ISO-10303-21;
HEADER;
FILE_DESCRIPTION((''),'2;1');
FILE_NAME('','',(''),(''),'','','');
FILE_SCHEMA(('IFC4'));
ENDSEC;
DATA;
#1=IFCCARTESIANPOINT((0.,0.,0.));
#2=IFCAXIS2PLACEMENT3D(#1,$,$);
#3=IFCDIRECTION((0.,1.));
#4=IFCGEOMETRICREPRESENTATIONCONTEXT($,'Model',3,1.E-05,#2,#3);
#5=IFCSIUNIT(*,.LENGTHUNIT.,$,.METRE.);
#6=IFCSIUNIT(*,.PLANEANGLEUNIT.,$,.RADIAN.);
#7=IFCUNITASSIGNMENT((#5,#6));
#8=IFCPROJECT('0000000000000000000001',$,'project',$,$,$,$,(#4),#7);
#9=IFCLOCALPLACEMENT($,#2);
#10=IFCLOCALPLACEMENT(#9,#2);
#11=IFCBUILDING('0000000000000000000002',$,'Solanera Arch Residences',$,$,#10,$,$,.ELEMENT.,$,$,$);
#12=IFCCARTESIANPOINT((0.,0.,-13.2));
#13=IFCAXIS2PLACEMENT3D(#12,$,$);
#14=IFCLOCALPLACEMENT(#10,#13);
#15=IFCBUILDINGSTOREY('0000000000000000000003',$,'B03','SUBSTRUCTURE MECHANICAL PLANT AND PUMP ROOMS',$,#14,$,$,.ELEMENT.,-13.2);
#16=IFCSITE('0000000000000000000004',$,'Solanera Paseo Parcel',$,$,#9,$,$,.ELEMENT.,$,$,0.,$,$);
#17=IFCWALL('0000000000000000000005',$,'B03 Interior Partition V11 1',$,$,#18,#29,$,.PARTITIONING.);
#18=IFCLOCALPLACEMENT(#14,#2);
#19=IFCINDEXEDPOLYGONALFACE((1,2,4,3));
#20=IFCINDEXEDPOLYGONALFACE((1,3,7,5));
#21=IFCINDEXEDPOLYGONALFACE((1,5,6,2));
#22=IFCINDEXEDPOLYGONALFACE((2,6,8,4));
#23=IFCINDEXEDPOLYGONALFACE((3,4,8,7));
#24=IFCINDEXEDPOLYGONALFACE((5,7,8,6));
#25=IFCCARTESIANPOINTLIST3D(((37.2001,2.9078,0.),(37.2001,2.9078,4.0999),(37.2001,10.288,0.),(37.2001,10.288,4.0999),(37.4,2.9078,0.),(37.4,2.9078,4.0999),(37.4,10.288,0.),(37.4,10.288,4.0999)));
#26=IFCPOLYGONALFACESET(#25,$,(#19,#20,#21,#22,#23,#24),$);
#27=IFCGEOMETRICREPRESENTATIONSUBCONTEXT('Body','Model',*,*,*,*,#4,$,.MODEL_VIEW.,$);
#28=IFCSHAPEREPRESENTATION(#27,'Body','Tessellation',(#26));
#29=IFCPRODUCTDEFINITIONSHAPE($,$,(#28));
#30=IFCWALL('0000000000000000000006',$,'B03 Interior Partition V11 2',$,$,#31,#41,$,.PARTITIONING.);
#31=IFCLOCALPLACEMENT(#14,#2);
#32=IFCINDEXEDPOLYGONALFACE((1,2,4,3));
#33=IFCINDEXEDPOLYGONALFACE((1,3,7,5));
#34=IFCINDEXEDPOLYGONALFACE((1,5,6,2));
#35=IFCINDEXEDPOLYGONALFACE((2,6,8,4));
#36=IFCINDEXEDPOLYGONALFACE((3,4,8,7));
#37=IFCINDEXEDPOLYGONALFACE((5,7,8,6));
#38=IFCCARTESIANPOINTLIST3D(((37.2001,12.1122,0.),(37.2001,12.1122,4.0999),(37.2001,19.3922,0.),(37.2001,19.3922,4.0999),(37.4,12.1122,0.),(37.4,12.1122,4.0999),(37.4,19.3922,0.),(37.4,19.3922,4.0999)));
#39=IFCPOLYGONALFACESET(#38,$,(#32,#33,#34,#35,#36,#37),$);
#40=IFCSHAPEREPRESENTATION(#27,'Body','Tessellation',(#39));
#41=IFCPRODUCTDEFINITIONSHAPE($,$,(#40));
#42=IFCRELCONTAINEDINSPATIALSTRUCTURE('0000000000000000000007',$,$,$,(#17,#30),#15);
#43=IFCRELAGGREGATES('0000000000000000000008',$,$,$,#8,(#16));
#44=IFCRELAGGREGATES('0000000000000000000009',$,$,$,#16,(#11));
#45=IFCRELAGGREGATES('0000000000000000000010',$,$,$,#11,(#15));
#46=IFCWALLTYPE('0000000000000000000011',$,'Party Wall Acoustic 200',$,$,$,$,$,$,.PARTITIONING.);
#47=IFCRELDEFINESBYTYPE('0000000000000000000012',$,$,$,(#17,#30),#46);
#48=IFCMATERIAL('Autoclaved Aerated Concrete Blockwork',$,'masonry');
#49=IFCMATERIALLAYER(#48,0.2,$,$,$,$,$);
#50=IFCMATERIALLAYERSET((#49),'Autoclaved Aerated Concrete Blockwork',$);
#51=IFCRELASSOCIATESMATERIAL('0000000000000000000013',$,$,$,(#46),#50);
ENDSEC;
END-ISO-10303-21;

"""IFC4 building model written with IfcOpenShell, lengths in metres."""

from ifc_helpers import new_model, si_unit, direction, frame, frame_2d, origin, place, context, subcontext, project, spatial, rectangle, extrude, material, layer, layer_set, type_object, element, save


model = new_model("IFC4")

# Units and contexts
model_context = context("Model", 3, precision=1e-05, world=origin(), true_north=direction((0.0, 1.0)))
body_context = subcontext(model_context, "Body", "Model", "MODEL_VIEW")
ifc_project = project(units=[si_unit("LENGTHUNIT", "METRE"), si_unit("PLANEANGLEUNIT", "RADIAN")], contexts=[model_context])

# Site, building, storey
site_placement = place(None, origin())
site = spatial("IfcSite", under=ifc_project, at=site_placement, Name="Solanera Paseo Parcel", CompositionType="ELEMENT", RefElevation=0.0)
building_placement = place(site_placement, origin())
building = spatial("IfcBuilding", under=site, at=building_placement, Name="Solanera Arch Residences", CompositionType="ELEMENT")
storey_placement = place(building_placement, frame((0.0, 0.0, -13.2)))
storey = spatial("IfcBuildingStorey", under=building, at=storey_placement, Name="B03", Description="SUBSTRUCTURE MECHANICAL PLANT AND PUMP ROOMS", CompositionType="ELEMENT", Elevation=-13.2)

# Walls
ifc_material_1 = material(Name="Autoclaved Aerated Concrete Blockwork", Category="masonry")
ifc_layer_1 = layer(ifc_material_1, 0.2)
ifc_layer_set_1 = layer_set([ifc_layer_1], Name="Autoclaved Aerated Concrete Blockwork")
wall_type_1 = type_object("IfcWallType", Name="Party Wall Acoustic 200", PredefinedType="PARTITIONING", material=ifc_layer_set_1)
wall_1_placement = place(storey_placement, frame((37.3, 2.908, 0.0), z_axis=(0.0, 0.0, 1.0), x_axis=(0.0, 1.0, 0.0)))
element("IfcWall", 1, at=wall_1_placement, inside=storey, type_object=wall_type_1, Name="B03 Interior Partition V11 1", PredefinedType="PARTITIONING", context=body_context, shape_type="SweptSolid", body=[
    extrude(rectangle(XDim=7.3801, YDim=0.2, at=frame_2d((3.6899, 0.0))), origin(), (0.0, 0.0, 1.0), 4.0999),
])
wall_2_placement = place(storey_placement, frame((37.3, 12.1121, 0.0), z_axis=(0.0, 0.0, 1.0), x_axis=(0.0, 1.0, 0.0)))
element("IfcWall", 2, at=wall_2_placement, inside=storey, type_object=wall_type_1, Name="B03 Interior Partition V11 2", PredefinedType="PARTITIONING", context=body_context, shape_type="SweptSolid", body=[
    extrude(rectangle(XDim=7.28, YDim=0.2, at=frame_2d((3.6401, 0.0))), origin(), (0.0, 0.0, 1.0), 4.0999),
])

save(model, "model.ifc")
